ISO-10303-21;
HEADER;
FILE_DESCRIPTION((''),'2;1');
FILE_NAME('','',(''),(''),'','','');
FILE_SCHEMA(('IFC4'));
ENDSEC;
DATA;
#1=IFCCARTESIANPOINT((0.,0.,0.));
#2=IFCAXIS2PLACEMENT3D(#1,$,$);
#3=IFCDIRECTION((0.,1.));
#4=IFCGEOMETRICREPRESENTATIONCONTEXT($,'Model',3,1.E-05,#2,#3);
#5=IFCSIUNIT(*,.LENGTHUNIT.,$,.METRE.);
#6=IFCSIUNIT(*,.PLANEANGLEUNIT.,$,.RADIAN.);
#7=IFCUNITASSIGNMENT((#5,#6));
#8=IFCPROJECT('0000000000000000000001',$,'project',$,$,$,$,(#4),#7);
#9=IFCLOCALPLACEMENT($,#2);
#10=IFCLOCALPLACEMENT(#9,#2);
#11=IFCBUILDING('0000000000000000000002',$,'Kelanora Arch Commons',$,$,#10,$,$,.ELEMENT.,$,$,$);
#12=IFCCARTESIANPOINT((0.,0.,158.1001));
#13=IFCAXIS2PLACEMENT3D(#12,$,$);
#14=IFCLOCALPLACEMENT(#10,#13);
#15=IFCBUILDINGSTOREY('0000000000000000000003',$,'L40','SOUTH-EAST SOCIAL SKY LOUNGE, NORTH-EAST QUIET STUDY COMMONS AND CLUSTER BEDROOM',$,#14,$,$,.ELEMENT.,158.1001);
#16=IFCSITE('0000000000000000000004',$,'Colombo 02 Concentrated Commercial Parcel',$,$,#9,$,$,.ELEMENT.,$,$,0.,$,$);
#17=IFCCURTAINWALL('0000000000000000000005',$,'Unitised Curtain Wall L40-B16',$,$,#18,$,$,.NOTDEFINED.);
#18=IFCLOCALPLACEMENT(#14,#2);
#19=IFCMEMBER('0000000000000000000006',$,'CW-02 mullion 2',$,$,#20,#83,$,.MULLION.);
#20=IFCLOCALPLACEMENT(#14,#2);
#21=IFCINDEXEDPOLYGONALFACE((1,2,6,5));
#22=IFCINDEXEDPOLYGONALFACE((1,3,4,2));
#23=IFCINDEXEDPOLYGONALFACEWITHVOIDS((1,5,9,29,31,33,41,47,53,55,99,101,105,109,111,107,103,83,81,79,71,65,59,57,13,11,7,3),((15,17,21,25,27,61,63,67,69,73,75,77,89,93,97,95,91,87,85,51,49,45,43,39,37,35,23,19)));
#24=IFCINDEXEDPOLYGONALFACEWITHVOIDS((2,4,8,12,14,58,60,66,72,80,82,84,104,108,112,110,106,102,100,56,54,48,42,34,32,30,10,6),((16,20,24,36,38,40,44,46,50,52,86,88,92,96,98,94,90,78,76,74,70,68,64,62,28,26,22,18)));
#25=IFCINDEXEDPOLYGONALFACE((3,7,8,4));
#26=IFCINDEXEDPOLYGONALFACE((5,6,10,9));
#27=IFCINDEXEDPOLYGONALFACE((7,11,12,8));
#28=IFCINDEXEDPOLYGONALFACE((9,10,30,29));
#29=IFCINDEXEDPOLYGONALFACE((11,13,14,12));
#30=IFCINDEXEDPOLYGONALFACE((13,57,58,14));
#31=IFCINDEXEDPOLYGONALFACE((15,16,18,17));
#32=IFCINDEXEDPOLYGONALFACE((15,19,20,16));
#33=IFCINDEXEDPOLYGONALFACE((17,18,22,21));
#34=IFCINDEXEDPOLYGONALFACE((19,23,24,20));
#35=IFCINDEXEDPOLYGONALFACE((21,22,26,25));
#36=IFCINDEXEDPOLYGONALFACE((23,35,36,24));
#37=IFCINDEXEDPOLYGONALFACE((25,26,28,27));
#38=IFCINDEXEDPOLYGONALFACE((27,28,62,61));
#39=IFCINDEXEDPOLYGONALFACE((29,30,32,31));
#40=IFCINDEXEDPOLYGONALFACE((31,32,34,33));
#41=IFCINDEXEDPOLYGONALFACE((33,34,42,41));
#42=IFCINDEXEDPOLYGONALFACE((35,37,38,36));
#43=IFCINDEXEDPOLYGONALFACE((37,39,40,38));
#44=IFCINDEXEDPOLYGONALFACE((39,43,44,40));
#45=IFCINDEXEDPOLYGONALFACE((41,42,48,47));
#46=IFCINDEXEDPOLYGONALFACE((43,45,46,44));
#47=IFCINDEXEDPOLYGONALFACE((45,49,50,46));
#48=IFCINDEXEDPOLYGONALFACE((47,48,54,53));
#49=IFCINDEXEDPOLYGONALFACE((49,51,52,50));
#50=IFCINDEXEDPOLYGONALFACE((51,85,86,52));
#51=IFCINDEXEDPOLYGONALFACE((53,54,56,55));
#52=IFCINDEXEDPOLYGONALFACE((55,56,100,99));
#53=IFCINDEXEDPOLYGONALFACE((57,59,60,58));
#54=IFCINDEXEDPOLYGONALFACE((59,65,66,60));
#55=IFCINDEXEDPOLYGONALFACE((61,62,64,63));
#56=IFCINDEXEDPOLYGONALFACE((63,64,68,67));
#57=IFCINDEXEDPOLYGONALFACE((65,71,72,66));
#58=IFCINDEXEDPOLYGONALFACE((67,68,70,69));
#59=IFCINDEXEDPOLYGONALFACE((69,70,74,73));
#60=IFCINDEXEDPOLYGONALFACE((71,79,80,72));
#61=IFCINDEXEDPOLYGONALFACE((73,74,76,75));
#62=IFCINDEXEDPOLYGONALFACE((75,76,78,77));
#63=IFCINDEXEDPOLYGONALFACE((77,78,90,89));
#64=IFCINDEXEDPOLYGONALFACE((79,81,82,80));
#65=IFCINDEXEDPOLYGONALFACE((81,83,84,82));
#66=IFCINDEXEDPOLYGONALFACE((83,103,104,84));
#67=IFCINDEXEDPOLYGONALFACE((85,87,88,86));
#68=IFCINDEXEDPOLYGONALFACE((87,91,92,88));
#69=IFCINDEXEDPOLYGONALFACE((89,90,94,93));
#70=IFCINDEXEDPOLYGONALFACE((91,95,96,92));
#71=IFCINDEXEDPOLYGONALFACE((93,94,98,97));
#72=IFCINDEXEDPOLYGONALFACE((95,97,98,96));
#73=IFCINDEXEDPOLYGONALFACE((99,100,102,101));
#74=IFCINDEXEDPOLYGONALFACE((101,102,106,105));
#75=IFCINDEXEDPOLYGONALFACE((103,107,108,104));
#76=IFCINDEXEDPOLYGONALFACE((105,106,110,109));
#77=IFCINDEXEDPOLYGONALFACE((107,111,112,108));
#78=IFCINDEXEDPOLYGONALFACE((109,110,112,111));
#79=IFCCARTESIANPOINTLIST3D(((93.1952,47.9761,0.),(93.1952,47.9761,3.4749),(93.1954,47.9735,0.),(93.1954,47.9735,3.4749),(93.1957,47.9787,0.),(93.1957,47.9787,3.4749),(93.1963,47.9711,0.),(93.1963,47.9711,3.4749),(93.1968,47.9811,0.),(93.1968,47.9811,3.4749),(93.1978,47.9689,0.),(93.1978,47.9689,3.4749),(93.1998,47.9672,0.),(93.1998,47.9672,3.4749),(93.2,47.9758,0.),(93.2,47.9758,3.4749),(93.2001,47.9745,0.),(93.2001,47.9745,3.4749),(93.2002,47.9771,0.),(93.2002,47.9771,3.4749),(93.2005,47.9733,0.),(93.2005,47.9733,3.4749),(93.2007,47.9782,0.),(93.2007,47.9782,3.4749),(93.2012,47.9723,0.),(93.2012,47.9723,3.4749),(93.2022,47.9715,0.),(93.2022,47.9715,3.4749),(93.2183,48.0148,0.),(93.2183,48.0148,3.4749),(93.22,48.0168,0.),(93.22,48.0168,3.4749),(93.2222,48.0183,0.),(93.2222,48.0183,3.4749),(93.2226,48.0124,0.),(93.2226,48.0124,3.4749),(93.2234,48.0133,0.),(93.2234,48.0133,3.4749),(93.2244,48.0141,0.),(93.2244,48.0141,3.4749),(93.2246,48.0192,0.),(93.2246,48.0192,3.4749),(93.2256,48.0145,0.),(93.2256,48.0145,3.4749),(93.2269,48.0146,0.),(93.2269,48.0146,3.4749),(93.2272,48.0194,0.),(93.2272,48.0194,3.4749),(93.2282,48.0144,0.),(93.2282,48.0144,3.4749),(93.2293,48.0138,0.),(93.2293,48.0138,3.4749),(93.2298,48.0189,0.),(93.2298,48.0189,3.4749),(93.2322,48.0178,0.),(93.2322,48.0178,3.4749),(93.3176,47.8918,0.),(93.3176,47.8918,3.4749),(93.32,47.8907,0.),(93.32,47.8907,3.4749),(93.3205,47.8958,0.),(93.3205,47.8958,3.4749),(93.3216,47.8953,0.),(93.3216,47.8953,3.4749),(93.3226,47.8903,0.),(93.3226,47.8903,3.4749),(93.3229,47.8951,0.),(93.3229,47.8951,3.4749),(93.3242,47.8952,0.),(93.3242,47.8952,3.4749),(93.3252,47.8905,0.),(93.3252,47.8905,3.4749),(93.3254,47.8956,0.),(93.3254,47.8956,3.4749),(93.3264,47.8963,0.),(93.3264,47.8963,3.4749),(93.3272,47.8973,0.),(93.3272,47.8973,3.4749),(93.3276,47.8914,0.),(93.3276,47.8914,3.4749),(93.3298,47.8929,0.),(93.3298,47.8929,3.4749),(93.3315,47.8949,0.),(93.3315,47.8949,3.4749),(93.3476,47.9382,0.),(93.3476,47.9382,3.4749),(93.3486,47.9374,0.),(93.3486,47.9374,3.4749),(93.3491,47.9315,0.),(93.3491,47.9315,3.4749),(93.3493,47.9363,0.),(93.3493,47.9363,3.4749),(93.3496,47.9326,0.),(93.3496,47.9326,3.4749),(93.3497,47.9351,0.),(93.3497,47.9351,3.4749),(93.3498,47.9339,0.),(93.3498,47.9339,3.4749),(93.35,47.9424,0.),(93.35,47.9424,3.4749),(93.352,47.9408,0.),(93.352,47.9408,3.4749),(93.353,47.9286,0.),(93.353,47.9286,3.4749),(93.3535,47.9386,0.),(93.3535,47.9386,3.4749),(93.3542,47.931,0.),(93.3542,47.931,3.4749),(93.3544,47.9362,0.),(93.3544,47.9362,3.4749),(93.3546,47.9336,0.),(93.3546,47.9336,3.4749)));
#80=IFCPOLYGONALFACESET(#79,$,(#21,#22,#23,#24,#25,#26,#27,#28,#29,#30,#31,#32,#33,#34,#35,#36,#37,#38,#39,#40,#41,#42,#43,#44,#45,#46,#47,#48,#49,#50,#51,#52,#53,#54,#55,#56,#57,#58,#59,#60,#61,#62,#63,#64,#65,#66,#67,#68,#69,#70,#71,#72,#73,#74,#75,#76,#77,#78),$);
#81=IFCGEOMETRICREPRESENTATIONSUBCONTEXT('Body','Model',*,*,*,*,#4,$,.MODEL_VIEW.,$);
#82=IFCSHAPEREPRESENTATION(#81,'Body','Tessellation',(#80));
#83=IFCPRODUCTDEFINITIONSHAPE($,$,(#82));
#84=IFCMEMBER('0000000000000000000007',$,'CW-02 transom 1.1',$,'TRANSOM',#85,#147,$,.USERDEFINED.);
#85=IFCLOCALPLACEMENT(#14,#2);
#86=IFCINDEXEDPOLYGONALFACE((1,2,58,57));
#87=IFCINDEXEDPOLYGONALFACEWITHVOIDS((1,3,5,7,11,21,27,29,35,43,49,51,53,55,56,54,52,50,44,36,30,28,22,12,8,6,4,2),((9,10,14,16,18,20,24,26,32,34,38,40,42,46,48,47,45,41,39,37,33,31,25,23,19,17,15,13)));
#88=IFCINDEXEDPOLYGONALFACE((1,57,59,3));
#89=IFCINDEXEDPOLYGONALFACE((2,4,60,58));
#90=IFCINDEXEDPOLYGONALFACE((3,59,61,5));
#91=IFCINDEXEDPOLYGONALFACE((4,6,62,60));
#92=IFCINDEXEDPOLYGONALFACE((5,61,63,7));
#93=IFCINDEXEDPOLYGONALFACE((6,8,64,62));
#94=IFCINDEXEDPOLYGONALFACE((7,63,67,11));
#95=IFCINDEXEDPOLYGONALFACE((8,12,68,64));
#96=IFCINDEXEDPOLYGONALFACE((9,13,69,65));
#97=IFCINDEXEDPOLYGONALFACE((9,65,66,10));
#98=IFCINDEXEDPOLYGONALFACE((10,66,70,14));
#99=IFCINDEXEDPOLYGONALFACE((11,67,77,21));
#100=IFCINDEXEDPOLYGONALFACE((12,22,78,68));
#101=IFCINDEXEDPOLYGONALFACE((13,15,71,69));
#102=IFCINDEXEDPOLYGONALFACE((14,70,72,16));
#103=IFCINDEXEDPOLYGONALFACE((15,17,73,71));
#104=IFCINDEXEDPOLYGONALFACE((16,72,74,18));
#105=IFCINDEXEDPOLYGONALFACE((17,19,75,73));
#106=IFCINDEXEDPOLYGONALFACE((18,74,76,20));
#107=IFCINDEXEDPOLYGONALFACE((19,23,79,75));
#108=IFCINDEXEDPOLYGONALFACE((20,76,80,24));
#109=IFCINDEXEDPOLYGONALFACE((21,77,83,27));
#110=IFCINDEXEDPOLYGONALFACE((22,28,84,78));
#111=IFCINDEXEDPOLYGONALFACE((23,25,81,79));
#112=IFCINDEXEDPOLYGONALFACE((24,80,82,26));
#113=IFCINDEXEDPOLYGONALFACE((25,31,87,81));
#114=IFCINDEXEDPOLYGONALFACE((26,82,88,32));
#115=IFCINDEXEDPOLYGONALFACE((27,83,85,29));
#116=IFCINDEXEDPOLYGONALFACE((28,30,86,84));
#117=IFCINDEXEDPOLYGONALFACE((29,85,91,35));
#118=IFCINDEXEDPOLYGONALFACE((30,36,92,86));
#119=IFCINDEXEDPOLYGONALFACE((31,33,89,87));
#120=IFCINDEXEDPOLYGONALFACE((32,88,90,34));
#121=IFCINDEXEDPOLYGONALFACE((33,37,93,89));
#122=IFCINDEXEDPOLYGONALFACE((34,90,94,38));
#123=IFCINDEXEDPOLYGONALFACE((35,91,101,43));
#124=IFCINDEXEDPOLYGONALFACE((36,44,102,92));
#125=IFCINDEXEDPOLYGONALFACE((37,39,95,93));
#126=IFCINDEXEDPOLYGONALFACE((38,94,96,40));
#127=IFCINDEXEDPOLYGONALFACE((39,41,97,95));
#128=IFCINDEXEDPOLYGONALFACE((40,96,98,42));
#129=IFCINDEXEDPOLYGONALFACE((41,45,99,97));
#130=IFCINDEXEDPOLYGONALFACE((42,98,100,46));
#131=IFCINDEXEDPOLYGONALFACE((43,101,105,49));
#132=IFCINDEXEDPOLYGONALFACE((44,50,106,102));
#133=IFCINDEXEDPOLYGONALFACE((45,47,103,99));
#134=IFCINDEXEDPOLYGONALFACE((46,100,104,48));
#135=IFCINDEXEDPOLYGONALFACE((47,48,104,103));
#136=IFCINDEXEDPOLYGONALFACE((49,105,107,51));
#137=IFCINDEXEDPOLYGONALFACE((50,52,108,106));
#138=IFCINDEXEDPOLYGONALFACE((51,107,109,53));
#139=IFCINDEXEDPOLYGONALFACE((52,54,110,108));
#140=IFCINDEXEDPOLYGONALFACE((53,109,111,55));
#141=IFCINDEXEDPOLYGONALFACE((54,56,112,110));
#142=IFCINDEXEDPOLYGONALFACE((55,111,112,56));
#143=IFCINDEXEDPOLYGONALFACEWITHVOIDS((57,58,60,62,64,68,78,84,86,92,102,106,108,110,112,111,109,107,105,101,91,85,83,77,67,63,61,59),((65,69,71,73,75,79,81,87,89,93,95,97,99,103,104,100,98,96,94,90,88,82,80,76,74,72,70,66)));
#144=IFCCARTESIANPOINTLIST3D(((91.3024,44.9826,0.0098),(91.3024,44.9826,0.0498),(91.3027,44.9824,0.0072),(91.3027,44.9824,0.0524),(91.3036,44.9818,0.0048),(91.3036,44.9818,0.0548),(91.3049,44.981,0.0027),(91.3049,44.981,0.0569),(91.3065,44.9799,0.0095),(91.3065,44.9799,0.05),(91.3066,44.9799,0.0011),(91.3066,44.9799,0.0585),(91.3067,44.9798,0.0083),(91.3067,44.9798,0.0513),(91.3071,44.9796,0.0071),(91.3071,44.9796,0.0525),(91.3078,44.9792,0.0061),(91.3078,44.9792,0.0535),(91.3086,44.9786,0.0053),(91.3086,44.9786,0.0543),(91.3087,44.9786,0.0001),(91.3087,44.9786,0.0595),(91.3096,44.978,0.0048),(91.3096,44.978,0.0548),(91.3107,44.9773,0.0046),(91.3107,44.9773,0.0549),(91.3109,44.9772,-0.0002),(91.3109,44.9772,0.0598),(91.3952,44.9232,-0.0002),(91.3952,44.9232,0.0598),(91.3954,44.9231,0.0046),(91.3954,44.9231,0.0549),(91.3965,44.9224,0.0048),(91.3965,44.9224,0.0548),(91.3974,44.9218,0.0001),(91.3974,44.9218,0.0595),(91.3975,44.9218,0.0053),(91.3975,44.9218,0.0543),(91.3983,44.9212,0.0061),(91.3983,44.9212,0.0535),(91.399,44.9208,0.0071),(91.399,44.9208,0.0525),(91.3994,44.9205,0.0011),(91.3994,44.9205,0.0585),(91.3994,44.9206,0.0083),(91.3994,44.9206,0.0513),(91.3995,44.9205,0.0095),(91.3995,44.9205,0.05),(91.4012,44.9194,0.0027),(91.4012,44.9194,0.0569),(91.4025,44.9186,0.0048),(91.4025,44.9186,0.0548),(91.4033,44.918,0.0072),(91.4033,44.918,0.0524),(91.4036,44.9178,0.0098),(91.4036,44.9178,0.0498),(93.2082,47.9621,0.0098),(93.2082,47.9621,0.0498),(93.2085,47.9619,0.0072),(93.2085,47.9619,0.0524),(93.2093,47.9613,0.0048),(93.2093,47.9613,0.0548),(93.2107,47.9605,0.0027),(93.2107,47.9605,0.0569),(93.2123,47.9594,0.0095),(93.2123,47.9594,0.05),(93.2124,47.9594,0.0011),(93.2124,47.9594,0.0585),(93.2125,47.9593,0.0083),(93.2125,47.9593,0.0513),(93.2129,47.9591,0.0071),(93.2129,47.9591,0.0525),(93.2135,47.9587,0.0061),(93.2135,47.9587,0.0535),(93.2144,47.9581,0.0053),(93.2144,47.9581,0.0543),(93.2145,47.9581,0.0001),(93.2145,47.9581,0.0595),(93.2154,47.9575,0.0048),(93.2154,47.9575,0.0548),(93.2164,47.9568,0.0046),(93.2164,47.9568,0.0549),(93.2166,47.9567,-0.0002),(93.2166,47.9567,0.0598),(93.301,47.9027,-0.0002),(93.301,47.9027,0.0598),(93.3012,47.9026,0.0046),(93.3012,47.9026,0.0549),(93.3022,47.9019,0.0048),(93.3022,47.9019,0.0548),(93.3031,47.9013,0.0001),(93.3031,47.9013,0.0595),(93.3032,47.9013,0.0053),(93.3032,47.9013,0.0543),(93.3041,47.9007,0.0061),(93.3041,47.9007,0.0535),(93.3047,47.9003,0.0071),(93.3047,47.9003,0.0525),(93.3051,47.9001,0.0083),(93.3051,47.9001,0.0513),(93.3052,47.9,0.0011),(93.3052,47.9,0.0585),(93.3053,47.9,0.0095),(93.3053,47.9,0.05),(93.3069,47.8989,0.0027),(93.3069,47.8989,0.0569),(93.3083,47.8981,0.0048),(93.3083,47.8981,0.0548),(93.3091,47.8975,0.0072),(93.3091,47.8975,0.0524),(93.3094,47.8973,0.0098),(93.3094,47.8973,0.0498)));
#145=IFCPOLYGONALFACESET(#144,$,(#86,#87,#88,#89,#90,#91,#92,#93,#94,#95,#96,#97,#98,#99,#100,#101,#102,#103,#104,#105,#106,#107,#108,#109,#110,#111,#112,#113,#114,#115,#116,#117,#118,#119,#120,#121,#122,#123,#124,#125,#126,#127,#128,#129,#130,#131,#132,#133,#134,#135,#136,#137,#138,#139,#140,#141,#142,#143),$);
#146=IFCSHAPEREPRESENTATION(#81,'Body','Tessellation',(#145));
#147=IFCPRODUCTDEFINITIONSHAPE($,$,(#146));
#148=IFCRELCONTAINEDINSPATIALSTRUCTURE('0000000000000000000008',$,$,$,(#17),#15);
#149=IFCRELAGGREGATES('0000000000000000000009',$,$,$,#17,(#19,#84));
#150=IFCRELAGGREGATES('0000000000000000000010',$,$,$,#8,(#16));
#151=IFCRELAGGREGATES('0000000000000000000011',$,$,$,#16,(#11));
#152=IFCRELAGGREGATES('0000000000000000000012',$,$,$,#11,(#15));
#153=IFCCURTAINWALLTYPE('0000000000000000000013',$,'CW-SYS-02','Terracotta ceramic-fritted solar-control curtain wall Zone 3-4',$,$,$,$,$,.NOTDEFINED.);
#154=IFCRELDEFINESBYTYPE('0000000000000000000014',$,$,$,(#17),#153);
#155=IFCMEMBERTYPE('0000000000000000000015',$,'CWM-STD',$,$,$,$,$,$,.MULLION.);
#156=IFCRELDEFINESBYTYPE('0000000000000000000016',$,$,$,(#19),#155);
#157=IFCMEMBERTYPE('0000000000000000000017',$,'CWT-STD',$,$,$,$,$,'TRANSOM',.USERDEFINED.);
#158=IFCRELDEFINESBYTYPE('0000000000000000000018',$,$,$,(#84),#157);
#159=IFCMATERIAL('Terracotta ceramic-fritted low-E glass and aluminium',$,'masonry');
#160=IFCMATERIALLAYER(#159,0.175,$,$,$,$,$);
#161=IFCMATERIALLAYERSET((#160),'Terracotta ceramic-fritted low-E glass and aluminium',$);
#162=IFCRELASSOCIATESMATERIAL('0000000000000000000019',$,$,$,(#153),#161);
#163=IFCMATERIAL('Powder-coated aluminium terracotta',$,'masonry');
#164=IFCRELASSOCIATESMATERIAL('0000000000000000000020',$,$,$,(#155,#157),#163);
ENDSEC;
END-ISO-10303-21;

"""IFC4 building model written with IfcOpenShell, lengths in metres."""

from ifc_helpers import new_model, si_unit, direction, frame, origin, origin_2d, place, context, subcontext, project, spatial, hollow_rectangle, extrude, material, layer, layer_set, material_profile, profile_set, type_object, element, aggregate, save


model = new_model("IFC4")

# Units and contexts
model_context = context("Model", 3, precision=1e-05, world=origin(), true_north=direction((0.0, 1.0)))
body_context = subcontext(model_context, "Body", "Model", "MODEL_VIEW")
ifc_project = project(units=[si_unit("LENGTHUNIT", "METRE"), si_unit("PLANEANGLEUNIT", "RADIAN")], contexts=[model_context])

# Site, building, storey
site_placement = place(None, origin())
site = spatial("IfcSite", under=ifc_project, at=site_placement, Name="Colombo 02 Concentrated Commercial Parcel", CompositionType="ELEMENT", RefElevation=0.0)
building_placement = place(site_placement, origin())
building = spatial("IfcBuilding", under=site, at=building_placement, Name="Kelanora Arch Commons", CompositionType="ELEMENT")
storey_placement = place(building_placement, frame((0.0, 0.0, 158.1001)))
storey = spatial("IfcBuildingStorey", under=building, at=storey_placement, Name="L40", Description="SOUTH-EAST SOCIAL SKY LOUNGE, NORTH-EAST QUIET STUDY COMMONS AND CLUSTER BEDROOM", CompositionType="ELEMENT", Elevation=158.1001)

# Shared definitions
ifc_material_1 = material(Name="Terracotta ceramic-fritted low-E glass and aluminium", Category="masonry")
ifc_layer_1 = layer(ifc_material_1, 0.175)
ifc_layer_set_1 = layer_set([ifc_layer_1], Name="Terracotta ceramic-fritted low-E glass and aluminium")
curtain_wall_type = type_object("IfcCurtainWallType", Name="CW-SYS-02", Description="Terracotta ceramic-fritted solar-control curtain wall Zone 3-4", PredefinedType="NOTDEFINED", material=ifc_layer_set_1)
ifc_material_2 = material(Name="Powder-coated aluminium terracotta", Category="masonry")
ifc_material_profile_1 = material_profile(ifc_material_2, hollow_rectangle(XDim=0.1599, YDim=0.0601, WallThickness=0.0049, InnerFilletRadius=0.0049, OuterFilletRadius=0.01, at=origin_2d()), Name="CWM160x60")
ifc_profile_set_1 = profile_set([ifc_material_profile_1], Name="Powder-coated aluminium terracotta")
member_type_1 = type_object("IfcMemberType", Name="CWM-STD", PredefinedType="MULLION", material=ifc_profile_set_1)

# Curtain wall, members
curtain_wall_1_placement = place(storey_placement, origin())
curtain_wall_1 = element("IfcCurtainWall", 1, at=curtain_wall_1_placement, inside=storey, type_object=curtain_wall_type, Name="Unitised Curtain Wall L40-B16", PredefinedType="NOTDEFINED")
member_1_placement = place(storey_placement, frame((93.2749, 47.9548, 0.0), z_axis=(0.0, 0.0, 1.0), x_axis=(-0.842423, 0.538817, 0.0)))
member_1 = element("IfcMember", 2, at=member_1_placement, type_object=member_type_1, Name="CW-02 mullion 2", PredefinedType="MULLION", context=body_context, shape_type="SweptSolid", body=[
    extrude(hollow_rectangle(XDim=0.1599, YDim=0.0601, WallThickness=0.0049, InnerFilletRadius=0.0049, OuterFilletRadius=0.01, at=origin_2d()), origin(), (0.0, 0.0, 1.0), 3.4749),
])
ifc_material_profile_2 = material_profile(ifc_material_2, hollow_rectangle(XDim=0.1201, YDim=0.0601, WallThickness=0.0049, InnerFilletRadius=0.0049, OuterFilletRadius=0.01, at=origin_2d()), Name="CWT120x60")
ifc_profile_set_2 = profile_set([ifc_material_profile_2], Name="Powder-coated aluminium terracotta")
member_type_2 = type_object("IfcMemberType", Name="CWT-STD", ElementType="TRANSOM", PredefinedType="USERDEFINED", material=ifc_profile_set_2)
member_2_placement = place(storey_placement, frame((91.353, 44.9502, 0.0298), z_axis=(0.53883, 0.842414, 0.0), x_axis=(-0.842414, 0.53883, 0.0)))
member_2 = element("IfcMember", 3, at=member_2_placement, type_object=member_type_2, Name="CW-02 transom 1.1", ObjectType="TRANSOM", PredefinedType="USERDEFINED", context=body_context, shape_type="SweptSolid", body=[
    extrude(hollow_rectangle(XDim=0.1201, YDim=0.0601, WallThickness=0.0049, InnerFilletRadius=0.0049, OuterFilletRadius=0.01, at=origin_2d()), origin(), (0.0, 0.0, 1.0), 3.5369),
])

aggregate(curtain_wall_1, [member_1, member_2])

save(model, "model.ifc")
